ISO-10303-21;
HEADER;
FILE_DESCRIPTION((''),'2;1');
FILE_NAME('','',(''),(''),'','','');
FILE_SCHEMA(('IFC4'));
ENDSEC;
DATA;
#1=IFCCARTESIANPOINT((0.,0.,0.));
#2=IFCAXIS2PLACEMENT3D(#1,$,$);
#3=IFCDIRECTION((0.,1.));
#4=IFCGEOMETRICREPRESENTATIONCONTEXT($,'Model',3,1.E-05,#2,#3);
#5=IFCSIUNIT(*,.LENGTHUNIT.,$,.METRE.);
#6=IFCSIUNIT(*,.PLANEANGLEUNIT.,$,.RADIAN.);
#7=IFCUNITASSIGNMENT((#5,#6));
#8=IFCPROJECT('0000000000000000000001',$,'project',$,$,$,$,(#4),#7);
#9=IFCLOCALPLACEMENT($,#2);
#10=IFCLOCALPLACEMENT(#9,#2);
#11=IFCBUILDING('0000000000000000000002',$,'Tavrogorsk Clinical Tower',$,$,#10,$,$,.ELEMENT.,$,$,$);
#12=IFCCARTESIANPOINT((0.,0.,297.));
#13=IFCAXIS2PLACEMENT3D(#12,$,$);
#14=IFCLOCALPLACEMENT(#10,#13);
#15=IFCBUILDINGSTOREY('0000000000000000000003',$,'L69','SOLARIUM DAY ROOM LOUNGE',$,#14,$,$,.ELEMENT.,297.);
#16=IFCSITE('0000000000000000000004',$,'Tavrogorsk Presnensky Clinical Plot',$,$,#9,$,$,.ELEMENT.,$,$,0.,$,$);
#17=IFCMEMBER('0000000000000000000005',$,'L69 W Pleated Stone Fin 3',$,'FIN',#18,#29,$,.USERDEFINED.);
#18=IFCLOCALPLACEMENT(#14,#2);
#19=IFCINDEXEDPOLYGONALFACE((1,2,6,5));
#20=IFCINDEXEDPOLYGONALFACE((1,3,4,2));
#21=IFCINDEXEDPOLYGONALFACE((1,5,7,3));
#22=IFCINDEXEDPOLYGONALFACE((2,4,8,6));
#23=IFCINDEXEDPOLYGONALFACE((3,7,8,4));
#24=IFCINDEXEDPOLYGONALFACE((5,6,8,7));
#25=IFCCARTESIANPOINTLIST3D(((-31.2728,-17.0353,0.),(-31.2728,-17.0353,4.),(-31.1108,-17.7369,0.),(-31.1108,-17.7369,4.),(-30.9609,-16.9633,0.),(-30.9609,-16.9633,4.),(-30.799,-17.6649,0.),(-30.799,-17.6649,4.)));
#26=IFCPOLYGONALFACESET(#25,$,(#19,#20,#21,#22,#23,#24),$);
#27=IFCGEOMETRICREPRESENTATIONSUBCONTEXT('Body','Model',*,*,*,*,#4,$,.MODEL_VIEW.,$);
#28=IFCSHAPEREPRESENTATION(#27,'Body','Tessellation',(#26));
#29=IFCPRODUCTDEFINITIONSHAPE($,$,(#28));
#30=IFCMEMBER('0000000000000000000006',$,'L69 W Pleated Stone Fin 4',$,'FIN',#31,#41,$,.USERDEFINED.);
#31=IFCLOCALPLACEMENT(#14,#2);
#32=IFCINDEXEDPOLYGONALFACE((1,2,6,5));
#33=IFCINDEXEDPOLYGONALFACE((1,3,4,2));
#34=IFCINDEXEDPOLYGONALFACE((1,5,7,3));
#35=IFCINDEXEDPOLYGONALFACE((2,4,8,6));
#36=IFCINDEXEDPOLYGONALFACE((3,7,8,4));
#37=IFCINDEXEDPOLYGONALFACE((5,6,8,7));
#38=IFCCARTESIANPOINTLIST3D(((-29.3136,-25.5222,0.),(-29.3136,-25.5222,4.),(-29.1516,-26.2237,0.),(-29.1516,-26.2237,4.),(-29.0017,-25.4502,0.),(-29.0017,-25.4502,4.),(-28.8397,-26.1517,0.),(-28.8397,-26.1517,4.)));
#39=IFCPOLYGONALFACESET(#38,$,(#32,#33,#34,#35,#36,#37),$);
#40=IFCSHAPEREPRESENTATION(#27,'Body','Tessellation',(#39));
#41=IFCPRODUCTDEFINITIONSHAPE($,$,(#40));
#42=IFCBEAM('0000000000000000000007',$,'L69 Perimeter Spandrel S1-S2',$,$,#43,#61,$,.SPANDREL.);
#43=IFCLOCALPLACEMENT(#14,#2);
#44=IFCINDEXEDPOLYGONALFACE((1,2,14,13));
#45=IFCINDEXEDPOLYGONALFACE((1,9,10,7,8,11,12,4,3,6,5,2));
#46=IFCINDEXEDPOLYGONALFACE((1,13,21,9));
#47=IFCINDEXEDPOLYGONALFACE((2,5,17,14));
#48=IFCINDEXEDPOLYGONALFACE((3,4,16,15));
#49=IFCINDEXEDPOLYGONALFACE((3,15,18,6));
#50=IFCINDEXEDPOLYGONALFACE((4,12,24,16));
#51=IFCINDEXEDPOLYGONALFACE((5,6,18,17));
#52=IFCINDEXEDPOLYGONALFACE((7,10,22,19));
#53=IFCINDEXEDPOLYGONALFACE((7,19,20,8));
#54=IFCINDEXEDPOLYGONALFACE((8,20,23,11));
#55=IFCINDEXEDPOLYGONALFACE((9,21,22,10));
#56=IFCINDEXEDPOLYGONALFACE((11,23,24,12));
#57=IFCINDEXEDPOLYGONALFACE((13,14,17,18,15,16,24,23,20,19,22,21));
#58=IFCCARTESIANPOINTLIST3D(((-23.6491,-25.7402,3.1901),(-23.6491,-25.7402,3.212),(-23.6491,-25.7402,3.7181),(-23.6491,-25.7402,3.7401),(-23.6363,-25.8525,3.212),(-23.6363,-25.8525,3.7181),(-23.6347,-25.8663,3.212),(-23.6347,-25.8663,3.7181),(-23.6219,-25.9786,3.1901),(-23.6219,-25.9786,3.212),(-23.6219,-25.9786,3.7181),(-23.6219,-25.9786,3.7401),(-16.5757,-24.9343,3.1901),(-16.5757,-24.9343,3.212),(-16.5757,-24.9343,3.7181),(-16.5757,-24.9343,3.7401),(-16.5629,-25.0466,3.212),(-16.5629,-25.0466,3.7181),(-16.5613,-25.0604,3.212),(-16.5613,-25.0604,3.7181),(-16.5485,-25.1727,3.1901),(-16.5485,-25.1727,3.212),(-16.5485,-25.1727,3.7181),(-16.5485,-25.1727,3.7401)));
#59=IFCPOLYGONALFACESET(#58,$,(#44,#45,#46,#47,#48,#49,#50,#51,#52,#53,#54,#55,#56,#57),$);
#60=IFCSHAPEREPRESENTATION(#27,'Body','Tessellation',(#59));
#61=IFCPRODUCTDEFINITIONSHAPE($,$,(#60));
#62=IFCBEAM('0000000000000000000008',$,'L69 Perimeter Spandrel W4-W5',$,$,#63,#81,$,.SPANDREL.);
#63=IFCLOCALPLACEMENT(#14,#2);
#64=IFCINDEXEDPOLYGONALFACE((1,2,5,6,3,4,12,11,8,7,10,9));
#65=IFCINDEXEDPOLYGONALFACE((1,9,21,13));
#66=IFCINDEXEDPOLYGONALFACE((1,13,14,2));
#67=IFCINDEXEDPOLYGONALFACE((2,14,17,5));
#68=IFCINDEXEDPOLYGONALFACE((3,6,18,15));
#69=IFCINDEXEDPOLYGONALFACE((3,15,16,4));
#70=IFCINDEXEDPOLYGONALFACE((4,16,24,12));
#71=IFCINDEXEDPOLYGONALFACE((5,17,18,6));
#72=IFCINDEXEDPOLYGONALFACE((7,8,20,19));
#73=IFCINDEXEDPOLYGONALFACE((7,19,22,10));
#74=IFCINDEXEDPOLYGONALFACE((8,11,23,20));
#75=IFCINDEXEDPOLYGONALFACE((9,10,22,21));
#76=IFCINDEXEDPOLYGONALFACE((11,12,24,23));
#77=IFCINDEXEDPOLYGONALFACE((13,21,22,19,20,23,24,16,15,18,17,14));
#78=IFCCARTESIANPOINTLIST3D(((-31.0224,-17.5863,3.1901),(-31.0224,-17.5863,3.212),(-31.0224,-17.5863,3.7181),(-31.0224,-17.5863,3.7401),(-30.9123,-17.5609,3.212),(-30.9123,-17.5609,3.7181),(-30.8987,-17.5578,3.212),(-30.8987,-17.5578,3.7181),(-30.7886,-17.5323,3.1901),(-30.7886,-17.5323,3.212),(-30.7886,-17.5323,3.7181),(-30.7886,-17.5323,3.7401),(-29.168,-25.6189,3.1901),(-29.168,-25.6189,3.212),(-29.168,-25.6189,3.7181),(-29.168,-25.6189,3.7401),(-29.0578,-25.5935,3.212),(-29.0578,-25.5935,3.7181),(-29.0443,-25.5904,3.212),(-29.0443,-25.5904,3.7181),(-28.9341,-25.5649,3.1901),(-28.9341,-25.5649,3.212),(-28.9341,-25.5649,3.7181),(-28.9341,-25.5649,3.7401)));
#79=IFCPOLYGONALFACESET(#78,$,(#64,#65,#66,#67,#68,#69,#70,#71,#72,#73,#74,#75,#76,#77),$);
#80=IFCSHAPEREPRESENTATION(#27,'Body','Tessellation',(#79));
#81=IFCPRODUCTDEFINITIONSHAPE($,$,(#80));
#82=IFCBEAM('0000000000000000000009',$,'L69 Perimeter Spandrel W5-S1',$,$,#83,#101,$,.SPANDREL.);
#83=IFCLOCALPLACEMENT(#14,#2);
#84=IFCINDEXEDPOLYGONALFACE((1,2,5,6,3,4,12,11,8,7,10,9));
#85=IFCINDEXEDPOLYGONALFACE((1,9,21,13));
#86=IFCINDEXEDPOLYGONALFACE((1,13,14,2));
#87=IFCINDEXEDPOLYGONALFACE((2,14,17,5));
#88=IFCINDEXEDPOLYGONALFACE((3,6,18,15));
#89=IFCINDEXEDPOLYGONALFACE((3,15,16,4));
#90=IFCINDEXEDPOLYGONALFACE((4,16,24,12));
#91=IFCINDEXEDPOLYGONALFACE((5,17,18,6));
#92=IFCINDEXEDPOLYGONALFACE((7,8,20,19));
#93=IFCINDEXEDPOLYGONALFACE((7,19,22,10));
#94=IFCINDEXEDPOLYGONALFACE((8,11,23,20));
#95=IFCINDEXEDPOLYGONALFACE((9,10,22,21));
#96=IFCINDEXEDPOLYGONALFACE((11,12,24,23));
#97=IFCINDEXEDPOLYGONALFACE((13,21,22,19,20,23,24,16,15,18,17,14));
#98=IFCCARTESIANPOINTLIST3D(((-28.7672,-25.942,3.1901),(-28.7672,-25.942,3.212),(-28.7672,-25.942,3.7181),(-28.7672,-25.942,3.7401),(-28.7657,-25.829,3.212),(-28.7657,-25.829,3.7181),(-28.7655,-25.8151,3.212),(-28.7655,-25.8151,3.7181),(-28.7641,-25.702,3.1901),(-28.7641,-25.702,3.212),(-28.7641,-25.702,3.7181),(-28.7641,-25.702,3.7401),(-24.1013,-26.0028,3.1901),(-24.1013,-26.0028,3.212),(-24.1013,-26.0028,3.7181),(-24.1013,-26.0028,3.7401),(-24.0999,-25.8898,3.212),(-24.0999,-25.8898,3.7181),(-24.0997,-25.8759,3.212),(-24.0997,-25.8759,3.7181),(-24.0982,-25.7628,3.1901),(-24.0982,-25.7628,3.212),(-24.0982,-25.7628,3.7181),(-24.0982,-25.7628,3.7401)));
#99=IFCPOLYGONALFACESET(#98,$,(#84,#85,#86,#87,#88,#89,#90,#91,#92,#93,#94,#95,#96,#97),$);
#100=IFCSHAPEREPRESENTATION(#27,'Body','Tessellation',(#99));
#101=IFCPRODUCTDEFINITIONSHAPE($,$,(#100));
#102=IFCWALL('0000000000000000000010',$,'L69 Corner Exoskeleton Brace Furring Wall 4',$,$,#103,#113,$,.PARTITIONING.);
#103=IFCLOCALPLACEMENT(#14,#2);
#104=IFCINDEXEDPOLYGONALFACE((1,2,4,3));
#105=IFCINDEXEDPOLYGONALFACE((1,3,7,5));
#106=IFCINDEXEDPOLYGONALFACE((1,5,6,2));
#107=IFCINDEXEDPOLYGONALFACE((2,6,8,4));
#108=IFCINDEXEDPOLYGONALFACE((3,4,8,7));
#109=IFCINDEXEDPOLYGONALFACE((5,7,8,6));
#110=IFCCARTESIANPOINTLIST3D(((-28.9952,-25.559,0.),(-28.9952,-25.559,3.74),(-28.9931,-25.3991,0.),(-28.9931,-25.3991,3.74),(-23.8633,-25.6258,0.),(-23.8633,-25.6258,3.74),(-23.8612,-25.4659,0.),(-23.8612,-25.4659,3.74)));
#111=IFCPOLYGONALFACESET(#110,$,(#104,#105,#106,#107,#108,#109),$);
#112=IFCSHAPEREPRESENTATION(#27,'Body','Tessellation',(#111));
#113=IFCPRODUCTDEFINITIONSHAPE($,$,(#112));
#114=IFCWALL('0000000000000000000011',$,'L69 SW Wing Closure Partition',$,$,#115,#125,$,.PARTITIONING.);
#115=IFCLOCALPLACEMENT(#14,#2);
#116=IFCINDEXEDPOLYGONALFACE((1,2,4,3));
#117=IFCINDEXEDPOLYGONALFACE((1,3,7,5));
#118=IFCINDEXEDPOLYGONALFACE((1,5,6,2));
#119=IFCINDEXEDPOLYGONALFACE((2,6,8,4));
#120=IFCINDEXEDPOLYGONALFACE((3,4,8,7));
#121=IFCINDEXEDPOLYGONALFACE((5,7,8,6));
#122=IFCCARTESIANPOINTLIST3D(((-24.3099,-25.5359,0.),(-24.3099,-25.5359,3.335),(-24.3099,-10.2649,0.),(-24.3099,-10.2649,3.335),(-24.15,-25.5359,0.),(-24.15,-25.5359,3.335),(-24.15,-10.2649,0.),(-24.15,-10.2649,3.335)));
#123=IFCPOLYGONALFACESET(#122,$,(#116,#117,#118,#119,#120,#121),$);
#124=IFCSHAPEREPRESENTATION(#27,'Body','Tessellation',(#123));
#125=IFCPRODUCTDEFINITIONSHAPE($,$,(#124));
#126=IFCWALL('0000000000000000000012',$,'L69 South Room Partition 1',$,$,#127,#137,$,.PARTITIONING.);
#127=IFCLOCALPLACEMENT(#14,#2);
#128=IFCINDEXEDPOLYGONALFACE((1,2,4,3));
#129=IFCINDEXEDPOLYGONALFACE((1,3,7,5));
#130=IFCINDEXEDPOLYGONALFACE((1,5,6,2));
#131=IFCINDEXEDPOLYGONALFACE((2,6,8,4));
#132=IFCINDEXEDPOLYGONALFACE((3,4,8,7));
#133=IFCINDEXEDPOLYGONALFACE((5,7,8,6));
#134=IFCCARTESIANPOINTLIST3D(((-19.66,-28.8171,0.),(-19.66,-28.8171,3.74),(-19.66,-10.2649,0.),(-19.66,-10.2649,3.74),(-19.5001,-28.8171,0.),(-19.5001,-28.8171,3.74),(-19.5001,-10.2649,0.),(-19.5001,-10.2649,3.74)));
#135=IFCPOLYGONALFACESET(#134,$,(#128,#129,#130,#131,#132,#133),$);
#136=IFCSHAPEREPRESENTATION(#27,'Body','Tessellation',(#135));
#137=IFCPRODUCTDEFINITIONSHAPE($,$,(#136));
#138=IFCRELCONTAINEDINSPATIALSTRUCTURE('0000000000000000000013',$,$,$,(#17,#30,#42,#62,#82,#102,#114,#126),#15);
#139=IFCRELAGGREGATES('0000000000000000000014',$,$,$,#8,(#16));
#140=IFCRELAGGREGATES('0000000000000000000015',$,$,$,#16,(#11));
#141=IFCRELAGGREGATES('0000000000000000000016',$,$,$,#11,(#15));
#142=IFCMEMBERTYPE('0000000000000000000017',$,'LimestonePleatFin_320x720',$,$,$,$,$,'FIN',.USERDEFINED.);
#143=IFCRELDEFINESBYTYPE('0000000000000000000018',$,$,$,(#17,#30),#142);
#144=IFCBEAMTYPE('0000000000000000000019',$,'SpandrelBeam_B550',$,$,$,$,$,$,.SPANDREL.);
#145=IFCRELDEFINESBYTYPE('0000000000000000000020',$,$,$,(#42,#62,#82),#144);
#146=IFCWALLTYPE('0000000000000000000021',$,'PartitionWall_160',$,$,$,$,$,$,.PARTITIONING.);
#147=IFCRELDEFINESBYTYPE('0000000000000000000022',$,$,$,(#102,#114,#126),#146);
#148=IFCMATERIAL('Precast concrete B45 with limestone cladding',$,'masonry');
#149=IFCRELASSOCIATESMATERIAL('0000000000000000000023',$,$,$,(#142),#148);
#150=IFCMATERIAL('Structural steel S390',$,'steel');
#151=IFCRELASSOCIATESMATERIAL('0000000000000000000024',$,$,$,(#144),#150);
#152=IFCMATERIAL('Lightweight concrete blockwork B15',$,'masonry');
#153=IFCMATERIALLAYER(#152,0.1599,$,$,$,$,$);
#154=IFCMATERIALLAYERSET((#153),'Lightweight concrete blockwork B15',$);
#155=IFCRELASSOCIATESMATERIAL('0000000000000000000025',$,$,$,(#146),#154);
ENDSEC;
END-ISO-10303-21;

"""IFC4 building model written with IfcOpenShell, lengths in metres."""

from ifc_helpers import new_model, si_unit, direction, frame, frame_2d, origin, origin_2d, place, context, subcontext, project, spatial, rectangle, i_section, extrude, material, layer, layer_set, material_profile, profile_set, type_object, element, save


model = new_model("IFC4")

# Units and contexts
model_context = context("Model", 3, precision=1e-05, world=origin(), true_north=direction((0.0, 1.0)))
body_context = subcontext(model_context, "Body", "Model", "MODEL_VIEW")
ifc_project = project(units=[si_unit("LENGTHUNIT", "METRE"), si_unit("PLANEANGLEUNIT", "RADIAN")], contexts=[model_context])

# Site, building, storey
site_placement = place(None, origin())
site = spatial("IfcSite", under=ifc_project, at=site_placement, Name="Tavrogorsk Presnensky Clinical Plot", CompositionType="ELEMENT", RefElevation=0.0)
building_placement = place(site_placement, origin())
building = spatial("IfcBuilding", under=site, at=building_placement, Name="Tavrogorsk Clinical Tower", CompositionType="ELEMENT")
storey_placement = place(building_placement, frame((0.0, 0.0, 297.0)))
storey = spatial("IfcBuildingStorey", under=building, at=storey_placement, Name="L69", Description="SOLARIUM DAY ROOM LOUNGE", CompositionType="ELEMENT", Elevation=297.0)

# Members
ifc_material_1 = material(Name="Precast concrete B45 with limestone cladding", Category="masonry")
ifc_material_profile_1 = material_profile(ifc_material_1, rectangle(XDim=0.3201, YDim=0.72, at=origin_2d()), Name="LIMESTONE-FIN-320x720")
ifc_profile_set_1 = profile_set([ifc_material_profile_1], Name="Precast concrete B45 with limestone cladding")
member_type_1 = type_object("IfcMemberType", Name="LimestonePleatFin_320x720", ElementType="FIN", PredefinedType="USERDEFINED", material=ifc_profile_set_1)
for number, where, z_axis, x_axis, name in (
    (1, (-31.0359, -17.3501, 0.0), (0.0, 0.0, 1.0), (0.97437, 0.224951, 0.0), "L69 W Pleated Stone Fin 3"),
    (2, (-29.0767, -25.8369, 0.0), (0.0, 0.0, 1.0), (0.97437, 0.224951, 0.0), "L69 W Pleated Stone Fin 4"),
):
    element("IfcMember", number, at=place(storey_placement, frame(where, z_axis=z_axis, x_axis=x_axis)), inside=storey, type_object=member_type_1, Name=name, ObjectType="FIN", PredefinedType="USERDEFINED", context=body_context, shape_type="SweptSolid", body=[
        extrude(rectangle(XDim=0.3201, YDim=0.72, at=origin_2d()), origin(), (0.0, 0.0, 1.0), 4.0),
    ])

# Beams
ifc_material_2 = material(Name="Structural steel S390", Category="steel")
ifc_material_profile_2 = material_profile(ifc_material_2, i_section(OverallWidth=0.24, OverallDepth=0.55, WebThickness=0.0139, FlangeThickness=0.022, at=origin_2d()), Name="B-550x240x14x22")
ifc_profile_set_2 = profile_set([ifc_material_profile_2], Name="Structural steel S390")
beam_type_1 = type_object("IfcBeamType", Name="SpandrelBeam_B550", PredefinedType="SPANDREL", material=ifc_profile_set_2)
beam_1_placement = place(storey_placement, frame((-23.6355, -25.8594, 3.4651), z_axis=(0.993572, 0.113201, 0.0), x_axis=(-0.113201, 0.993572, 0.0)))
element("IfcBeam", 3, at=beam_1_placement, inside=storey, type_object=beam_type_1, Name="L69 Perimeter Spandrel S1-S2", PredefinedType="SPANDREL", context=body_context, shape_type="SweptSolid", body=[
    extrude(i_section(OverallWidth=0.24, OverallDepth=0.55, WebThickness=0.0139, FlangeThickness=0.022, at=origin_2d()), origin(), (0.0, 0.0, 1.0), 7.1191),
])
beam_2_placement = place(storey_placement, frame((-30.9055, -17.5593, 3.4651), z_axis=(0.22495, -0.97437, 0.0), x_axis=(0.97437, 0.22495, 0.0)))
element("IfcBeam", 4, at=beam_2_placement, inside=storey, type_object=beam_type_1, Name="L69 Perimeter Spandrel W4-W5", PredefinedType="SPANDREL", context=body_context, shape_type="SweptSolid", body=[
    extrude(i_section(OverallWidth=0.24, OverallDepth=0.55, WebThickness=0.0139, FlangeThickness=0.022, at=origin_2d()), origin(), (0.0, 0.0, 1.0), 8.2439),
])
beam_3_placement = place(storey_placement, frame((-28.7656, -25.822, 3.4651), z_axis=(0.999915, -0.013028, 0.0), x_axis=(0.013028, 0.999915, 0.0)))
element("IfcBeam", 5, at=beam_3_placement, inside=storey, type_object=beam_type_1, Name="L69 Perimeter Spandrel W5-S1", PredefinedType="SPANDREL", context=body_context, shape_type="SweptSolid", body=[
    extrude(i_section(OverallWidth=0.24, OverallDepth=0.55, WebThickness=0.0139, FlangeThickness=0.022, at=origin_2d()), origin(), (0.0, 0.0, 1.0), 4.6663),
])

# Walls
ifc_material_3 = material(Name="Lightweight concrete blockwork B15", Category="masonry")
ifc_layer_1 = layer(ifc_material_3, 0.1599)
ifc_layer_set_1 = layer_set([ifc_layer_1], Name="Lightweight concrete blockwork B15")
wall_type_1 = type_object("IfcWallType", Name="PartitionWall_160", PredefinedType="PARTITIONING", material=ifc_layer_set_1)
wall_1_placement = place(storey_placement, frame((-28.9941, -25.479, 0.0), z_axis=(0.0, 0.0, 1.0), x_axis=(0.999915, -0.013034, 0.0)))
element("IfcWall", 6, at=wall_1_placement, inside=storey, type_object=wall_type_1, Name="L69 Corner Exoskeleton Brace Furring Wall 4", PredefinedType="PARTITIONING", context=body_context, shape_type="SweptSolid", body=[
    extrude(rectangle(XDim=5.1323, YDim=0.1599, at=frame_2d((2.5662, 0.0))), origin(), (0.0, 0.0, 1.0), 3.74),
])
wall_2_placement = place(storey_placement, frame((-24.23, -25.5359, 0.0), z_axis=(0.0, 0.0, 1.0), x_axis=(0.0, 1.0, 0.0)))
element("IfcWall", 7, at=wall_2_placement, inside=storey, type_object=wall_type_1, Name="L69 SW Wing Closure Partition", PredefinedType="PARTITIONING", context=body_context, shape_type="SweptSolid", body=[
    extrude(rectangle(XDim=15.271, YDim=0.1599, at=frame_2d((7.6355, 0.0))), origin(), (0.0, 0.0, 1.0), 3.335),
])
wall_3_placement = place(storey_placement, frame((-19.5801, -28.8171, 0.0), z_axis=(0.0, 0.0, 1.0), x_axis=(0.0, 1.0, 0.0)))
element("IfcWall", 8, at=wall_3_placement, inside=storey, type_object=wall_type_1, Name="L69 South Room Partition 1", PredefinedType="PARTITIONING", context=body_context, shape_type="SweptSolid", body=[
    extrude(rectangle(XDim=18.5522, YDim=0.1599, at=frame_2d((9.2761, 0.0))), origin(), (0.0, 0.0, 1.0), 3.74),
])

save(model, "model.ifc")
